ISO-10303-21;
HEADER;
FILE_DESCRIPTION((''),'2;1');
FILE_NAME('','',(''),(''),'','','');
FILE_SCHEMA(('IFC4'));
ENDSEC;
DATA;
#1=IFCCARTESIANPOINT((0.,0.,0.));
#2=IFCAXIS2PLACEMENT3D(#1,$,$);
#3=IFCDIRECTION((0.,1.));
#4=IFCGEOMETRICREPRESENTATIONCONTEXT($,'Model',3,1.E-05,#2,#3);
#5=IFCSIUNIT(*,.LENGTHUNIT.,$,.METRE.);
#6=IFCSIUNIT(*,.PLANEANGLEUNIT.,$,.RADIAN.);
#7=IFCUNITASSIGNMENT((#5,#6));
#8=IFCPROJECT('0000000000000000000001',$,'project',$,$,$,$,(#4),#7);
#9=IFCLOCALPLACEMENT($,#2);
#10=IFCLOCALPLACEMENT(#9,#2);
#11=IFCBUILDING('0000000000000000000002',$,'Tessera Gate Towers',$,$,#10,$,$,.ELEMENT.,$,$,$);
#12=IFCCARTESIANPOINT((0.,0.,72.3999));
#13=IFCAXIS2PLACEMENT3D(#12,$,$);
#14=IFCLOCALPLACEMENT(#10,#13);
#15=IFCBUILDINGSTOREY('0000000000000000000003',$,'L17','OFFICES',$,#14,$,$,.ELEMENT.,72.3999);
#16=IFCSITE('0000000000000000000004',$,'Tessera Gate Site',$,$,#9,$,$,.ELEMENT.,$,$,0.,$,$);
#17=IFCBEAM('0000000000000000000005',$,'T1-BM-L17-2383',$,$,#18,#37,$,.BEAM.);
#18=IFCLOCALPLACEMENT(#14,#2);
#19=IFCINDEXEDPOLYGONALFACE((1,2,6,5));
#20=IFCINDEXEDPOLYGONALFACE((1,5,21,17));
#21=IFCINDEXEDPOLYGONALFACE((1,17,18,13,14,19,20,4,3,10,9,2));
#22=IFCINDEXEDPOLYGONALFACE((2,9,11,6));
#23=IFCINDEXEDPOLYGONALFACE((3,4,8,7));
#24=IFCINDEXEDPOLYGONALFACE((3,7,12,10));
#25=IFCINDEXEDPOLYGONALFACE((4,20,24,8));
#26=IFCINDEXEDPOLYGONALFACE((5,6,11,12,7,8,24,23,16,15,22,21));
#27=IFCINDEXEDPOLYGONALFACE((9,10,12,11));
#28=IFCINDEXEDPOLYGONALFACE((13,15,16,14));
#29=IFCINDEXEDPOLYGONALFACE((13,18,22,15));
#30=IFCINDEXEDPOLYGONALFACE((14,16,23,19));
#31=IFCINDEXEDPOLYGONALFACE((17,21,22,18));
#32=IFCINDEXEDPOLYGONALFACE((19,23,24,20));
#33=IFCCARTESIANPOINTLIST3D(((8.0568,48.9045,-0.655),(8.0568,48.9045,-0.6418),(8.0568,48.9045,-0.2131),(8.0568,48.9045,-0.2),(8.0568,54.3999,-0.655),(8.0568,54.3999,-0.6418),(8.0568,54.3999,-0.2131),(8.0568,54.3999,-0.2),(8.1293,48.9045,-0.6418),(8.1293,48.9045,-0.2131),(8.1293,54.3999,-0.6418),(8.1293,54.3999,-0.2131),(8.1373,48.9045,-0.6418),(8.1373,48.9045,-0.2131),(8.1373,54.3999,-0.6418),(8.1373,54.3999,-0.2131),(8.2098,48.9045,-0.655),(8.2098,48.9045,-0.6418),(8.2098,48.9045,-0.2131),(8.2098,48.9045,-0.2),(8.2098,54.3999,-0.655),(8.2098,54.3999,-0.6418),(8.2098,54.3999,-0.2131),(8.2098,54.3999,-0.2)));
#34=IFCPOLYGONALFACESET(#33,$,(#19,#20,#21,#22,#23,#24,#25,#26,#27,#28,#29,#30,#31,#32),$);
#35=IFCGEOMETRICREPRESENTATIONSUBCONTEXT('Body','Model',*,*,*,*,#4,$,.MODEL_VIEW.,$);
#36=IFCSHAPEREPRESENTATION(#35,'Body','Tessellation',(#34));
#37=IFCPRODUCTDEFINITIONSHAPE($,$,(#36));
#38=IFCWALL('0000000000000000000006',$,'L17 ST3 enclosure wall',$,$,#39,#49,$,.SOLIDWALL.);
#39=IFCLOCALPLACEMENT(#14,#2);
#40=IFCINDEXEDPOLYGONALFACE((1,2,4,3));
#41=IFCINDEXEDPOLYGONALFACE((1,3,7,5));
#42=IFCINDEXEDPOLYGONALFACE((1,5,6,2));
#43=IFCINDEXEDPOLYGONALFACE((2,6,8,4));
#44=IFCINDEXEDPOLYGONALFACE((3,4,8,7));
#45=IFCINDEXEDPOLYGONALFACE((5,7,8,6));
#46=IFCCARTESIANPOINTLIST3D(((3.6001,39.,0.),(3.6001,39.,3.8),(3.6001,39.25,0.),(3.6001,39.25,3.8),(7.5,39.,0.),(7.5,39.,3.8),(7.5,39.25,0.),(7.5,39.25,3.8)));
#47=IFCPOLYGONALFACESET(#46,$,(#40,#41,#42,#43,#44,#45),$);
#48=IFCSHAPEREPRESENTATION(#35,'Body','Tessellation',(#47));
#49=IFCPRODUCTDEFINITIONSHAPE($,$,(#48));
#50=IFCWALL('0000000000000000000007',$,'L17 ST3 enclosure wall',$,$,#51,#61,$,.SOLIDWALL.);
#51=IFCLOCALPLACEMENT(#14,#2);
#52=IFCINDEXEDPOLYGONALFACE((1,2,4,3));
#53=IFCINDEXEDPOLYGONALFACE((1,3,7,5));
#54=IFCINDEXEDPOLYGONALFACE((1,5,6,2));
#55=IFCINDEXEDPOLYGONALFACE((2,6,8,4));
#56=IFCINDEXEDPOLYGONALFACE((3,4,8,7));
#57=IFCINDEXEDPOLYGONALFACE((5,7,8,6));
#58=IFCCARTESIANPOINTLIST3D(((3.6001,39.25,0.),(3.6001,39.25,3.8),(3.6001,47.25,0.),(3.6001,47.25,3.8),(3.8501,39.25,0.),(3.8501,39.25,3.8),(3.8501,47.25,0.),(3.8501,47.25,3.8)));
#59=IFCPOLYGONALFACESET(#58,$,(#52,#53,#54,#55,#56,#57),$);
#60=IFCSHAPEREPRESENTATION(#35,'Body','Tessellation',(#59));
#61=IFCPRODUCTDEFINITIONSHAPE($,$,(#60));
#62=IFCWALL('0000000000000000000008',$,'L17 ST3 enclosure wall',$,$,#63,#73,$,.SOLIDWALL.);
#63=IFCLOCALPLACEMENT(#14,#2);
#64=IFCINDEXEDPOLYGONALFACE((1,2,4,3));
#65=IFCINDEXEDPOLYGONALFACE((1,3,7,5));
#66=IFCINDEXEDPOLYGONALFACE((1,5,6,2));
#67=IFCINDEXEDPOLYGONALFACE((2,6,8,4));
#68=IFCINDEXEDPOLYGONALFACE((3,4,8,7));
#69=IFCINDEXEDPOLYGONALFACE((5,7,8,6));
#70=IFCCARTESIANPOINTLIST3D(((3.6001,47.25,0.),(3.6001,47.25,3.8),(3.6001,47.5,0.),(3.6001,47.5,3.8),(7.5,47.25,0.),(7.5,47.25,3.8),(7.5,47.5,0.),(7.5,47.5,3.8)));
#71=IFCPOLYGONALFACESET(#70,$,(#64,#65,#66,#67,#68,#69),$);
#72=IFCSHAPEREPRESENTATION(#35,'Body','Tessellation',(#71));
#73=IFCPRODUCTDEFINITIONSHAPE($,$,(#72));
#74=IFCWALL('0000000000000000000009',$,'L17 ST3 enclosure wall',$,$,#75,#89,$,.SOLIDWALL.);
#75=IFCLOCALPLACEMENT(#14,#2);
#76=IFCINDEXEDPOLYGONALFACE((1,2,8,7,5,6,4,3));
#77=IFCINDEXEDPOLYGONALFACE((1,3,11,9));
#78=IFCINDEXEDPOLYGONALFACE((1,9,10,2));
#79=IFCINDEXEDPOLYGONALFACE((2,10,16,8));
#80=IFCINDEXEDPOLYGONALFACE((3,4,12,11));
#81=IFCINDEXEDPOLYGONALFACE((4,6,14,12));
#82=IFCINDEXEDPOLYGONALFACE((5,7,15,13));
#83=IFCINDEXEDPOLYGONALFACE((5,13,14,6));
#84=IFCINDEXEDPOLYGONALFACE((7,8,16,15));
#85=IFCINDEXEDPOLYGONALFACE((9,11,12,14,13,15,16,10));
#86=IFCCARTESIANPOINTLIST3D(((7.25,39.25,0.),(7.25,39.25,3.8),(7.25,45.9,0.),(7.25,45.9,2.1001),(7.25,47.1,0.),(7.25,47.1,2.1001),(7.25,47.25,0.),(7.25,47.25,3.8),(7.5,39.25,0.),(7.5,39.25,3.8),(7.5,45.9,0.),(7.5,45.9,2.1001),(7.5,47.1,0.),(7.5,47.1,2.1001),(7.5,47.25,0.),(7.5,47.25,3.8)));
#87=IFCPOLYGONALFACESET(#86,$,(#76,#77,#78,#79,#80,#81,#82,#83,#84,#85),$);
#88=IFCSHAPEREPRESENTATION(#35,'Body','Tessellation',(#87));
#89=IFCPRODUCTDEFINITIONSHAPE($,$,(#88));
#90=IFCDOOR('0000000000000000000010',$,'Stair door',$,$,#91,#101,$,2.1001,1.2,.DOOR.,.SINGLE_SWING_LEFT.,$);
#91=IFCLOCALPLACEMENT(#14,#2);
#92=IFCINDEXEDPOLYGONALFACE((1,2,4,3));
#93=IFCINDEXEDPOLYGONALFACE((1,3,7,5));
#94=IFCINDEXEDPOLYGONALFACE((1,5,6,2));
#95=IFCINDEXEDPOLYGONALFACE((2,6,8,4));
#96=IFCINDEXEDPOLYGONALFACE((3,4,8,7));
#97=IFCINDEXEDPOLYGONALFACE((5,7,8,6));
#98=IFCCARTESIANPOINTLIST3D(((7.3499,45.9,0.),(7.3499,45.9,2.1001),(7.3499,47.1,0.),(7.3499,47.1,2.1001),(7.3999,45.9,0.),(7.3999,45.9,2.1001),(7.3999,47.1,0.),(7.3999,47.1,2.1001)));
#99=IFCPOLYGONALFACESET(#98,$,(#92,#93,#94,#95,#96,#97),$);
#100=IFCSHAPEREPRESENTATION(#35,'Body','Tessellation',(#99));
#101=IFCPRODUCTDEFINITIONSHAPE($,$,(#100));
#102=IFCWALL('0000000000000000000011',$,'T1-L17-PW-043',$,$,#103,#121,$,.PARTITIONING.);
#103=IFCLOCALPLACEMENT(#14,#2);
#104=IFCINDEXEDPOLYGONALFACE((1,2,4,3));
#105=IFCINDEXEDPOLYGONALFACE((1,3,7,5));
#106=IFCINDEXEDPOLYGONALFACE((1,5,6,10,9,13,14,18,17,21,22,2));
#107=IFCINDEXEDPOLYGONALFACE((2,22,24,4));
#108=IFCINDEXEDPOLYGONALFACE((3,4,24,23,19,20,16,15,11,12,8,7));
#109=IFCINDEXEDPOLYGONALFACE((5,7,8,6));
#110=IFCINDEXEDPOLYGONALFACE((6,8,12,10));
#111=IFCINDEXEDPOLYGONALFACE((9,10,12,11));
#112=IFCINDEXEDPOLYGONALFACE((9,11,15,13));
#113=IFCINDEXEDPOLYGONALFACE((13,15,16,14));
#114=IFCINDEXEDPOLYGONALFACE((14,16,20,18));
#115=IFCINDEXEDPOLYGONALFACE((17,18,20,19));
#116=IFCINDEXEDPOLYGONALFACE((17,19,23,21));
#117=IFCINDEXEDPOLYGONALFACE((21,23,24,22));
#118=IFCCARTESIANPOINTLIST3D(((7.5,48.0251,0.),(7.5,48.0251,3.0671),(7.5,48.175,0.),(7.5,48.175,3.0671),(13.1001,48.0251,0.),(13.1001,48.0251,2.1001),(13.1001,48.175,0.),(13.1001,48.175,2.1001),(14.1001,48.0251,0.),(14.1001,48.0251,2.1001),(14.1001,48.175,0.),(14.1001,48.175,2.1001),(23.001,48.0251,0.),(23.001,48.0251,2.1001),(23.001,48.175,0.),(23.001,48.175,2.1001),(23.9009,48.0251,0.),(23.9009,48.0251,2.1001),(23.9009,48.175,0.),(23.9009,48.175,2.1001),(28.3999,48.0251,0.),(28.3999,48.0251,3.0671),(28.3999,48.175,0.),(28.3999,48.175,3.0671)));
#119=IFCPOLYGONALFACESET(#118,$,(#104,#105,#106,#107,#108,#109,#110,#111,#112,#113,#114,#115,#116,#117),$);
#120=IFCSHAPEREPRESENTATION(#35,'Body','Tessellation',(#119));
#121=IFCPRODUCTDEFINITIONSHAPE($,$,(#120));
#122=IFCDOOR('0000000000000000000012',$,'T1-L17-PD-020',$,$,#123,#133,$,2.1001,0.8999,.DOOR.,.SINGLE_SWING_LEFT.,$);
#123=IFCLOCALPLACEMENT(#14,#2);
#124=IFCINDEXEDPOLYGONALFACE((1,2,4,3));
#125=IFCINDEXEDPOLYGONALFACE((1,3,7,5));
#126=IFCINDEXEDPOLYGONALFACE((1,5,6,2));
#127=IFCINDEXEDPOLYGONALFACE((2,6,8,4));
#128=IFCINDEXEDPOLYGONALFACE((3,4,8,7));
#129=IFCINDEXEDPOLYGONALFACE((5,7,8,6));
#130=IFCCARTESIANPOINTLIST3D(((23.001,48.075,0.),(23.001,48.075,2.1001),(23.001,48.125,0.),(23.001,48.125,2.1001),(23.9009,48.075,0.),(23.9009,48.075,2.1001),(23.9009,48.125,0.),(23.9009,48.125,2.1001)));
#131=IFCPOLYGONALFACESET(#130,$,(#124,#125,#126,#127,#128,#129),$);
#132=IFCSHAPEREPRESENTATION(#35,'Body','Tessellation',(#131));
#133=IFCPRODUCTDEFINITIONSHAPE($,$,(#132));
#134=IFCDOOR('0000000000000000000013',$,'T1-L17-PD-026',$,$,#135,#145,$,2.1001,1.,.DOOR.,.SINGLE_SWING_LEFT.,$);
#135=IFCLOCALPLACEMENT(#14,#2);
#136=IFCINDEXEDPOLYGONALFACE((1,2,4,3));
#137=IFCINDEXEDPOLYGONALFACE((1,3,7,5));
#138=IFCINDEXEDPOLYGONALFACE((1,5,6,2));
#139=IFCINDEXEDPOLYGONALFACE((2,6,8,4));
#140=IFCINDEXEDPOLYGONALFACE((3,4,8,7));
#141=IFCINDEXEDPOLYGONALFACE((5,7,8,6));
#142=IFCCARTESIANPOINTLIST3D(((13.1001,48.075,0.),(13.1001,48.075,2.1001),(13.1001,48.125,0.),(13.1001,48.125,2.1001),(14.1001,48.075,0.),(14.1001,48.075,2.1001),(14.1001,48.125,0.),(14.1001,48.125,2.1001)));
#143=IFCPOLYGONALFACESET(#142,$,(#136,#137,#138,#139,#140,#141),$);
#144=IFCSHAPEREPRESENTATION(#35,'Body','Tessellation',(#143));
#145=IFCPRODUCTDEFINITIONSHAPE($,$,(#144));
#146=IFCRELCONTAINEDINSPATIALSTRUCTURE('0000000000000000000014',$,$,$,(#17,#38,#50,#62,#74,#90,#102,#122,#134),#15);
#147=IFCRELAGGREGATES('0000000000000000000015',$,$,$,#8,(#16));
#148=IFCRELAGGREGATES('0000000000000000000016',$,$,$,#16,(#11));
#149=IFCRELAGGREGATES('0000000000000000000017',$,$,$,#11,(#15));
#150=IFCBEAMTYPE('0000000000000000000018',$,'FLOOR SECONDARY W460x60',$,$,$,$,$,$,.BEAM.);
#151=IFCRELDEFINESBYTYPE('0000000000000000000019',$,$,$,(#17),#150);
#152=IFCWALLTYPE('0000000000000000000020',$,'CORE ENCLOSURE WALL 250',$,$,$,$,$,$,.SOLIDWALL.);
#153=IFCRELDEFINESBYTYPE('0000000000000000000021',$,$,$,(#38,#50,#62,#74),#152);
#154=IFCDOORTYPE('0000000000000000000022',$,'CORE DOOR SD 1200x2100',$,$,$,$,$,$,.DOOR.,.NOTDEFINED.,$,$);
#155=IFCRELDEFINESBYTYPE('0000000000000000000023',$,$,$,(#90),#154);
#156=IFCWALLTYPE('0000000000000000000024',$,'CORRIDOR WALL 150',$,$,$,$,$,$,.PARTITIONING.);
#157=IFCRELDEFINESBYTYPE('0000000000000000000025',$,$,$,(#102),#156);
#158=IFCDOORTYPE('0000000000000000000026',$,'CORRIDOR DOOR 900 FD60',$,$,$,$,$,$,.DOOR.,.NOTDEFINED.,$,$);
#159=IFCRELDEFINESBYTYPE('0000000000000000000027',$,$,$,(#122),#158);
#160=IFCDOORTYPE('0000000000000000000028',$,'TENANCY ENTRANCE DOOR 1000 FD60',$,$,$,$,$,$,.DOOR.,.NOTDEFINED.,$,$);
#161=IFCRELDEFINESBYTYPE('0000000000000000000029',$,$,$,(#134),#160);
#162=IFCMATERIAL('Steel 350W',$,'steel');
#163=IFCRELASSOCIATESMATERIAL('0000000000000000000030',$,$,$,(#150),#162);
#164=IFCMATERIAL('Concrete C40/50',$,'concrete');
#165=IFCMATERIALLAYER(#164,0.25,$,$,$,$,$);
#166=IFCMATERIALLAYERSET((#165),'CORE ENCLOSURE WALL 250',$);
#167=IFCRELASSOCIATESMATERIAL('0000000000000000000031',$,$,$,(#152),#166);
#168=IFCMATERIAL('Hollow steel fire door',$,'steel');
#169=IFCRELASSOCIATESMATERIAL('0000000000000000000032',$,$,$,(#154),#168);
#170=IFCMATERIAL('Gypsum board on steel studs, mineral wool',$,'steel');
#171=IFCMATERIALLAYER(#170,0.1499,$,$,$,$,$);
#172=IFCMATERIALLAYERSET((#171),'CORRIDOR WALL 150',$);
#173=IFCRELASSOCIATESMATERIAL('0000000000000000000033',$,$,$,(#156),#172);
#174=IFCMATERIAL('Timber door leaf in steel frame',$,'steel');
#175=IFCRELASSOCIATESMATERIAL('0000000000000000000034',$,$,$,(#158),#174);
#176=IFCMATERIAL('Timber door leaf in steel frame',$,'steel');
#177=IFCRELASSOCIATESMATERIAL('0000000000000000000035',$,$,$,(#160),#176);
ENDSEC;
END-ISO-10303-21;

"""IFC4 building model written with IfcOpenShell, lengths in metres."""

from ifc_helpers import new_model, si_unit, direction, frame, frame_2d, origin, origin_2d, place, context, subcontext, project, spatial, rectangle, i_section, extrude, source, transform, mapped, material, layer, layer_set, material_profile, profile_set, type_object, element, fill, save


model = new_model("IFC4")

# Units and contexts
model_context = context("Model", 3, precision=1e-05, world=origin(), true_north=direction((0.0, 1.0)))
body_context = subcontext(model_context, "Body", "Model", "MODEL_VIEW")
ifc_project = project(units=[si_unit("LENGTHUNIT", "METRE"), si_unit("PLANEANGLEUNIT", "RADIAN")], contexts=[model_context])

# Site, building, storey
site_placement = place(None, origin())
site = spatial("IfcSite", under=ifc_project, at=site_placement, Name="Tessera Gate Site", CompositionType="ELEMENT", RefElevation=0.0)
building_placement = place(site_placement, origin())
building = spatial("IfcBuilding", under=site, at=building_placement, Name="Tessera Gate Towers", CompositionType="ELEMENT")
storey_placement = place(building_placement, frame((0.0, 0.0, 72.3999)))
storey = spatial("IfcBuildingStorey", under=building, at=storey_placement, Name="L17", Description="OFFICES", CompositionType="ELEMENT", Elevation=72.3999)

# Beam
ifc_material_1 = material(Name="Steel 350W", Category="steel")
ifc_material_profile_1 = material_profile(ifc_material_1, i_section(OverallWidth=0.1531, OverallDepth=0.4551, WebThickness=0.0081, FlangeThickness=0.0132, at=origin_2d()), Name="W460x60")
ifc_profile_set_1 = profile_set([ifc_material_profile_1], Name="Steel 350W")
beam_type_1 = type_object("IfcBeamType", Name="FLOOR SECONDARY W460x60", PredefinedType="BEAM", material=ifc_profile_set_1)
beam_1_placement = place(storey_placement, frame((8.1333, 48.9045, -0.4275), z_axis=(0.0, 1.0, 0.0), x_axis=(-1.0, 0.0, 0.0)))
element("IfcBeam", 1, at=beam_1_placement, inside=storey, type_object=beam_type_1, Name="T1-BM-L17-2383", PredefinedType="BEAM", context=body_context, shape_type="SweptSolid", body=[
    extrude(i_section(OverallWidth=0.1531, OverallDepth=0.4551, WebThickness=0.0081, FlangeThickness=0.0132, at=origin_2d()), origin(), (0.0, 0.0, 1.0), 5.4954),
])

# Walls
ifc_material_2 = material(Name="Concrete C40/50", Category="concrete")
ifc_layer_1 = layer(ifc_material_2, 0.25)
ifc_layer_set_1 = layer_set([ifc_layer_1], Name="CORE ENCLOSURE WALL 250")
wall_type_1 = type_object("IfcWallType", Name="CORE ENCLOSURE WALL 250", PredefinedType="SOLIDWALL", material=ifc_layer_set_1)
wall_1_placement = place(storey_placement, frame((7.5, 39.125, 0.0), z_axis=(0.0, 0.0, 1.0), x_axis=(-1.0, 0.0, 0.0)))
element("IfcWall", 2, at=wall_1_placement, inside=storey, type_object=wall_type_1, Name="L17 ST3 enclosure wall", PredefinedType="SOLIDWALL", context=body_context, shape_type="SweptSolid", body=[
    extrude(rectangle(XDim=3.8999, YDim=0.25, at=frame_2d((1.95, 0.0))), origin(), (0.0, 0.0, 1.0), 3.8),
])
wall_2_placement = place(storey_placement, frame((3.7251, 39.25, 0.0), z_axis=(0.0, 0.0, 1.0), x_axis=(0.0, 1.0, 0.0)))
element("IfcWall", 3, at=wall_2_placement, inside=storey, type_object=wall_type_1, Name="L17 ST3 enclosure wall", PredefinedType="SOLIDWALL", context=body_context, shape_type="SweptSolid", body=[
    extrude(rectangle(XDim=8.0, YDim=0.25, at=frame_2d((4.0, 0.0))), origin(), (0.0, 0.0, 1.0), 3.8),
])
wall_3_placement = place(storey_placement, frame((3.6001, 47.375, 0.0), z_axis=(0.0, 0.0, 1.0), x_axis=(1.0, 0.0, 0.0)))
element("IfcWall", 4, at=wall_3_placement, inside=storey, type_object=wall_type_1, Name="L17 ST3 enclosure wall", PredefinedType="SOLIDWALL", context=body_context, shape_type="SweptSolid", body=[
    extrude(rectangle(XDim=3.8999, YDim=0.25, at=frame_2d((1.95, 0.0))), origin(), (0.0, 0.0, 1.0), 3.8),
])

# Wall, opening, door
wall_4_placement = place(storey_placement, frame((7.375, 47.25, 0.0), z_axis=(0.0, 0.0, 1.0), x_axis=(0.0, -1.0, 0.0)))
wall_4 = element("IfcWall", 5, at=wall_4_placement, inside=storey, type_object=wall_type_1, Name="L17 ST3 enclosure wall", PredefinedType="SOLIDWALL", context=body_context, shape_type="SweptSolid", body=[
    extrude(rectangle(XDim=8.0, YDim=0.25, at=frame_2d((4.0, 0.0))), origin(), (0.0, 0.0, 1.0), 3.8),
])
shared_shape_1 = source(origin(), body_context, "Body", "SweptSolid", [
    extrude(rectangle(XDim=1.2, YDim=2.1001, at=frame_2d((0.6001, 1.05))), frame((0.0, 0.135, 0.0), z_axis=(0.0, -1.0, 0.0), x_axis=(1.0, 0.0, 0.0)), (0.0, 0.0, 1.0), 0.27),
])
opening_1_placement = place(wall_4_placement, frame((0.1499, 0.0, 0.0)))
opening_1 = element("IfcOpeningElement", 6, at=opening_1_placement, cuts=wall_4, PredefinedType="OPENING", context=body_context, shape_type="MappedRepresentation", body=[
    mapped(shared_shape_1, transform((0.0, 0.0, 0.0), scale=1.0)),
])
ifc_material_3 = material(Name="Hollow steel fire door", Category="steel")
door_type_1 = type_object("IfcDoorType", Name="CORE DOOR SD 1200x2100", OperationType="NOTDEFINED", PredefinedType="DOOR", material=ifc_material_3)
shared_shape_2 = source(origin(), body_context, "Body", "SweptSolid", [
    extrude(rectangle(XDim=1.2, YDim=2.1001, at=frame_2d((0.6001, 1.05))), frame((0.0, 0.0249, 0.0), z_axis=(0.0, -1.0, 0.0), x_axis=(1.0, 0.0, 0.0)), (0.0, 0.0, 1.0), 0.05),
])
door_1_placement = place(opening_1_placement, origin())
door_1 = element("IfcDoor", 7, at=door_1_placement, inside=storey, type_object=door_type_1, Name="Stair door", OperationType="SINGLE_SWING_LEFT", OverallHeight=2.1001, OverallWidth=1.2, PredefinedType="DOOR", context=body_context, shape_type="MappedRepresentation", body=[
    mapped(shared_shape_2, transform((0.0, 0.0, 0.0), scale=1.0)),
])
fill(opening_1, door_1)

# Wall, openings, doors
ifc_material_4 = material(Name="Gypsum board on steel studs, mineral wool", Category="steel")
ifc_layer_2 = layer(ifc_material_4, 0.1499)
ifc_layer_set_2 = layer_set([ifc_layer_2], Name="CORRIDOR WALL 150")
wall_type_2 = type_object("IfcWallType", Name="CORRIDOR WALL 150", PredefinedType="PARTITIONING", material=ifc_layer_set_2)
wall_5_placement = place(storey_placement, frame((7.5, 48.1001, 0.0), z_axis=(0.0, 0.0, 1.0), x_axis=(1.0, 0.0, 0.0)))
wall_5 = element("IfcWall", 8, at=wall_5_placement, inside=storey, type_object=wall_type_2, Name="T1-L17-PW-043", PredefinedType="PARTITIONING", context=body_context, shape_type="SweptSolid", body=[
    extrude(rectangle(XDim=20.8999, YDim=0.1499, at=frame_2d((10.45, 0.0))), origin(), (0.0, 0.0, 1.0), 3.0671),
])
shared_shape_3 = source(origin(), body_context, "Body", "SweptSolid", [
    extrude(rectangle(XDim=0.8999, YDim=2.1001, at=frame_2d((0.45, 1.05))), frame((0.0, 0.085, 0.0), z_axis=(0.0, -1.0, 0.0), x_axis=(1.0, 0.0, 0.0)), (0.0, 0.0, 1.0), 0.1699),
])
opening_2_placement = place(wall_5_placement, frame((15.501, 0.0, 0.0)))
opening_2 = element("IfcOpeningElement", 9, at=opening_2_placement, cuts=wall_5, PredefinedType="OPENING", context=body_context, shape_type="MappedRepresentation", body=[
    mapped(shared_shape_3, transform((0.0, 0.0, 0.0), scale=1.0)),
])
shared_shape_4 = source(origin(), body_context, "Body", "SweptSolid", [
    extrude(rectangle(XDim=1.0, YDim=2.1001, at=frame_2d((0.5, 1.05))), frame((0.0, 0.085, 0.0), z_axis=(0.0, -1.0, 0.0), x_axis=(1.0, 0.0, 0.0)), (0.0, 0.0, 1.0), 0.1699),
])
opening_3_placement = place(wall_5_placement, frame((5.6001, 0.0, 0.0)))
opening_3 = element("IfcOpeningElement", 10, at=opening_3_placement, cuts=wall_5, PredefinedType="OPENING", context=body_context, shape_type="MappedRepresentation", body=[
    mapped(shared_shape_4, transform((0.0, 0.0, 0.0), scale=1.0)),
])
ifc_material_5 = material(Name="Timber door leaf in steel frame", Category="steel")
door_type_2 = type_object("IfcDoorType", Name="CORRIDOR DOOR 900 FD60", OperationType="NOTDEFINED", PredefinedType="DOOR", material=ifc_material_5)
shared_shape_5 = source(origin(), body_context, "Body", "SweptSolid", [
    extrude(rectangle(XDim=0.8999, YDim=2.1001, at=frame_2d((0.45, 1.05))), frame((0.0, 0.0249, 0.0), z_axis=(0.0, -1.0, 0.0), x_axis=(1.0, 0.0, 0.0)), (0.0, 0.0, 1.0), 0.05),
])
door_2_placement = place(opening_2_placement, origin())
door_2 = element("IfcDoor", 11, at=door_2_placement, inside=storey, type_object=door_type_2, Name="T1-L17-PD-020", OperationType="SINGLE_SWING_LEFT", OverallHeight=2.1001, OverallWidth=0.8999, PredefinedType="DOOR", context=body_context, shape_type="MappedRepresentation", body=[
    mapped(shared_shape_5, transform((0.0, 0.0, 0.0), scale=1.0)),
])
fill(opening_2, door_2)
ifc_material_6 = material(Name="Timber door leaf in steel frame", Category="steel")
door_type_3 = type_object("IfcDoorType", Name="TENANCY ENTRANCE DOOR 1000 FD60", OperationType="NOTDEFINED", PredefinedType="DOOR", material=ifc_material_6)
shared_shape_6 = source(origin(), body_context, "Body", "SweptSolid", [
    extrude(rectangle(XDim=1.0, YDim=2.1001, at=frame_2d((0.5, 1.05))), frame((0.0, 0.0249, 0.0), z_axis=(0.0, -1.0, 0.0), x_axis=(1.0, 0.0, 0.0)), (0.0, 0.0, 1.0), 0.05),
])
door_3_placement = place(opening_3_placement, origin())
door_3 = element("IfcDoor", 12, at=door_3_placement, inside=storey, type_object=door_type_3, Name="T1-L17-PD-026", OperationType="SINGLE_SWING_LEFT", OverallHeight=2.1001, OverallWidth=1.0, PredefinedType="DOOR", context=body_context, shape_type="MappedRepresentation", body=[
    mapped(shared_shape_6, transform((0.0, 0.0, 0.0), scale=1.0)),
])
fill(opening_3, door_3)

save(model, "model.ifc")
